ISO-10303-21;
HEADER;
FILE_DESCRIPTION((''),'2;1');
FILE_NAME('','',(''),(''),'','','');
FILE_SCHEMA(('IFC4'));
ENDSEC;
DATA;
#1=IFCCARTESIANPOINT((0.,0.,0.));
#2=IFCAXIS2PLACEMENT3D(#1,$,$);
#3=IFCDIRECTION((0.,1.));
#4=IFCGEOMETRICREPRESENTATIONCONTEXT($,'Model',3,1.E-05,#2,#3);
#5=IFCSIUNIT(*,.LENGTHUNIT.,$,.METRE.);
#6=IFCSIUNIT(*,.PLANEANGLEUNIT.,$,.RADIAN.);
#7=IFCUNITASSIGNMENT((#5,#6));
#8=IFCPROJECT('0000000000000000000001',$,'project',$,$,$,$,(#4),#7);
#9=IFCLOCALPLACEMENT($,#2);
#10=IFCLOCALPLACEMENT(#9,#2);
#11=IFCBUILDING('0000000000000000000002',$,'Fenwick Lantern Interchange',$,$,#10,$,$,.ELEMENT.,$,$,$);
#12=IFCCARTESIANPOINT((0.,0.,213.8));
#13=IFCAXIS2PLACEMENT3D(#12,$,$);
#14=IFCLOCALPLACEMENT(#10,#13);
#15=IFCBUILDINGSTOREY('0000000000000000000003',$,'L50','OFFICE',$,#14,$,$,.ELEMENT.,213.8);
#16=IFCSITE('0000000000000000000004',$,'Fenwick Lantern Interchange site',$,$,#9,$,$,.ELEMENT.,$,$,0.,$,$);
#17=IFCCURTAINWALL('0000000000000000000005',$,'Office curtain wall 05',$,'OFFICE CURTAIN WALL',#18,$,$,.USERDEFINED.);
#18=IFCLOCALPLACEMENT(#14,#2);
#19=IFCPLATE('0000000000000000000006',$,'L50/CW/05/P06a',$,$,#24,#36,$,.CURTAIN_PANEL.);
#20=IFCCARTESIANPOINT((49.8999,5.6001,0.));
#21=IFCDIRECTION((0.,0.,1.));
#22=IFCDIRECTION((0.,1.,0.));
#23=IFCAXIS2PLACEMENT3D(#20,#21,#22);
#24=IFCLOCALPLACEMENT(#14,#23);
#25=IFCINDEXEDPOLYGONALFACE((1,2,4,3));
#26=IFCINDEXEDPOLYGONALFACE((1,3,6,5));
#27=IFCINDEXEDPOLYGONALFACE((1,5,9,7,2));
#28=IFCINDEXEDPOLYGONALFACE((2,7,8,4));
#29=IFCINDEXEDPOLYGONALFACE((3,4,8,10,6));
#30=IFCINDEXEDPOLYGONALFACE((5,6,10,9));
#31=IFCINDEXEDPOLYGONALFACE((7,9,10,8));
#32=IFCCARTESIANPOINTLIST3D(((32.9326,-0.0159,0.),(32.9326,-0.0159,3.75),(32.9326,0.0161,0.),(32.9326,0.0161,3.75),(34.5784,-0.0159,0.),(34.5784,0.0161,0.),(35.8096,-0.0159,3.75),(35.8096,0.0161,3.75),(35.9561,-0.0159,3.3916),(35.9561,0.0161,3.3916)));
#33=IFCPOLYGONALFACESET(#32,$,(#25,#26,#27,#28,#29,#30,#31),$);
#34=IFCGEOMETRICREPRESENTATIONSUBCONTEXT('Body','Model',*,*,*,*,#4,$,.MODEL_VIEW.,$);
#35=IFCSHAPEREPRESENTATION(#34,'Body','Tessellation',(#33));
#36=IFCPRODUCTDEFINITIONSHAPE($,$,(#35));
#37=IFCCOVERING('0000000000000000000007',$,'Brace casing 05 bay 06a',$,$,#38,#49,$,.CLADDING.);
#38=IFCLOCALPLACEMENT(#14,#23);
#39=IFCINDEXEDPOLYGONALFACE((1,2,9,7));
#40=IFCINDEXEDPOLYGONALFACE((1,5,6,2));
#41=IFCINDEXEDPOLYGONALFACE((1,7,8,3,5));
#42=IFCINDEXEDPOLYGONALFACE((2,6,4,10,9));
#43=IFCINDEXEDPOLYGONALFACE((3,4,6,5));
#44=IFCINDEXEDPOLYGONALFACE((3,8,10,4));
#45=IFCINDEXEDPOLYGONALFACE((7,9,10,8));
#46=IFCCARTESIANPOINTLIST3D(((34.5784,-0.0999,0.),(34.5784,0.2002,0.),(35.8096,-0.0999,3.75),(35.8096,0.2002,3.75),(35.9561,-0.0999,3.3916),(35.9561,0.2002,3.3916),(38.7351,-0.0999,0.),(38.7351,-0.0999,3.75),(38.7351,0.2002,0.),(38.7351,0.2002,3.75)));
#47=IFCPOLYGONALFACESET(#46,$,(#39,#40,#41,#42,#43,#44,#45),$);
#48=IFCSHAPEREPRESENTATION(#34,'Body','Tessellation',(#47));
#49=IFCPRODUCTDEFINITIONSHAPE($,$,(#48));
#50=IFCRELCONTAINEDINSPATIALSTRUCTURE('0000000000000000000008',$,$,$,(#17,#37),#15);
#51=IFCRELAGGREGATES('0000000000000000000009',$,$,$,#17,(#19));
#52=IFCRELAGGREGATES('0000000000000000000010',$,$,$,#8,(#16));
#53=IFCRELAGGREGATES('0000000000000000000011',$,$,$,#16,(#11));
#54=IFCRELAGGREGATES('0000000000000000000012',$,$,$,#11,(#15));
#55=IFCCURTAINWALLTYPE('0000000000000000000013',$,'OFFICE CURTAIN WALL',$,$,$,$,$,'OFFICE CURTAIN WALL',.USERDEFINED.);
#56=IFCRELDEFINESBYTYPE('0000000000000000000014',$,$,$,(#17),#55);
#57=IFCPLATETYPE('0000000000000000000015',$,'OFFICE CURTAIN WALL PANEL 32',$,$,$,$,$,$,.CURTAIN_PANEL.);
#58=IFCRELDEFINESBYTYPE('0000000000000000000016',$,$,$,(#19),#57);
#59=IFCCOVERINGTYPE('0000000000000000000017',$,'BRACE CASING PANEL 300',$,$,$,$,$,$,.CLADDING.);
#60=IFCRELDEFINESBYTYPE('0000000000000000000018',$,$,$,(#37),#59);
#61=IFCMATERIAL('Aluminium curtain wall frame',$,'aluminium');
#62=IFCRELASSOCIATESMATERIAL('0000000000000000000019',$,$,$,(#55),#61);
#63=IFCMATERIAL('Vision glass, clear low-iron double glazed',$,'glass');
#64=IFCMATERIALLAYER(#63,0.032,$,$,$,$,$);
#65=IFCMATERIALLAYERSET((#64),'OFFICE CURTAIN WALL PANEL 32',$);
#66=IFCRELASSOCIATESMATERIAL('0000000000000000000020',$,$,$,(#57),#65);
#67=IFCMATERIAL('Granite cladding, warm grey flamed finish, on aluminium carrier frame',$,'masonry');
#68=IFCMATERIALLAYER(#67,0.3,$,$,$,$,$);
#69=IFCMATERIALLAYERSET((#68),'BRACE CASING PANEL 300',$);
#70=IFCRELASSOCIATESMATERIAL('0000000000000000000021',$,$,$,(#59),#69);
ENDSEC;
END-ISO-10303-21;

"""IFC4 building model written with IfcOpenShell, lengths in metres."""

from ifc_helpers import new_model, si_unit, direction, frame, origin, place, context, subcontext, project, spatial, polyline, outline, extrude, material, layer, layer_set, type_object, element, aggregate, save


model = new_model("IFC4")

# Units and contexts
model_context = context("Model", 3, precision=1e-05, world=origin(), true_north=direction((0.0, 1.0)))
body_context = subcontext(model_context, "Body", "Model", "MODEL_VIEW")
ifc_project = project(units=[si_unit("LENGTHUNIT", "METRE"), si_unit("PLANEANGLEUNIT", "RADIAN")], contexts=[model_context])

# Site, building, storey
site_placement = place(None, origin())
site = spatial("IfcSite", under=ifc_project, at=site_placement, Name="Fenwick Lantern Interchange site", CompositionType="ELEMENT", RefElevation=0.0)
building_placement = place(site_placement, origin())
building = spatial("IfcBuilding", under=site, at=building_placement, Name="Fenwick Lantern Interchange", CompositionType="ELEMENT")
storey_placement = place(building_placement, frame((0.0, 0.0, 213.8)))
storey = spatial("IfcBuildingStorey", under=building, at=storey_placement, Name="L50", Description="OFFICE", CompositionType="ELEMENT", Elevation=213.8)

# Curtain wall, plate
ifc_material_1 = material(Name="Aluminium curtain wall frame", Category="aluminium")
curtain_wall_type = type_object("IfcCurtainWallType", Name="OFFICE CURTAIN WALL", ElementType="OFFICE CURTAIN WALL", PredefinedType="USERDEFINED", material=ifc_material_1)
curtain_wall_placement = place(storey_placement, origin())
curtain_wall = element("IfcCurtainWall", 1, at=curtain_wall_placement, inside=storey, type_object=curtain_wall_type, Name="Office curtain wall 05", ObjectType="OFFICE CURTAIN WALL", PredefinedType="USERDEFINED")
ifc_material_2 = material(Name="Vision glass, clear low-iron double glazed", Category="glass")
ifc_layer_1 = layer(ifc_material_2, 0.032)
ifc_layer_set_1 = layer_set([ifc_layer_1], Name="OFFICE CURTAIN WALL PANEL 32")
plate_type = type_object("IfcPlateType", Name="OFFICE CURTAIN WALL PANEL 32", PredefinedType="CURTAIN_PANEL", material=ifc_layer_set_1)
plate_placement = place(storey_placement, frame((49.8999, 5.6001, 0.0), z_axis=(0.0, 0.0, 1.0), x_axis=(0.0, 1.0, 0.0)))
plate = element("IfcPlate", 2, at=plate_placement, type_object=plate_type, Name="L50/CW/05/P06a", PredefinedType="CURTAIN_PANEL", context=body_context, shape_type="SweptSolid", body=[
    extrude(outline(polyline([(32.9326, 0.0), (34.5784, 0.0), (35.9561, 3.3916), (35.8096, 3.75), (32.9326, 3.75), (32.9326, 0.0)])), frame((0.0, 0.0161, 0.0), z_axis=(0.0, -1.0, 0.0), x_axis=(1.0, 0.0, 0.0)), (0.0, 0.0, 1.0), 0.032),
])
aggregate(curtain_wall, [plate])

# Covering
ifc_material_3 = material(Name="Granite cladding, warm grey flamed finish, on aluminium carrier frame", Category="masonry")
ifc_layer_2 = layer(ifc_material_3, 0.3)
ifc_layer_set_2 = layer_set([ifc_layer_2], Name="BRACE CASING PANEL 300")
covering_type = type_object("IfcCoveringType", Name="BRACE CASING PANEL 300", PredefinedType="CLADDING", material=ifc_layer_set_2)
covering_placement = place(storey_placement, frame((49.8999, 5.6001, 0.0), z_axis=(0.0, 0.0, 1.0), x_axis=(0.0, 1.0, 0.0)))
element("IfcCovering", 3, at=covering_placement, inside=storey, type_object=covering_type, Name="Brace casing 05 bay 06a", PredefinedType="CLADDING", context=body_context, shape_type="SweptSolid", body=[
    extrude(outline(polyline([(34.5784, 0.0), (38.7351, 0.0), (38.7351, 3.75), (35.8096, 3.75), (35.9561, 3.3916), (34.5784, 0.0)])), frame((0.0, 0.2002, 0.0), z_axis=(0.0, -1.0, 0.0), x_axis=(1.0, 0.0, 0.0)), (0.0, 0.0, 1.0), 0.3),
])

save(model, "model.ifc")
